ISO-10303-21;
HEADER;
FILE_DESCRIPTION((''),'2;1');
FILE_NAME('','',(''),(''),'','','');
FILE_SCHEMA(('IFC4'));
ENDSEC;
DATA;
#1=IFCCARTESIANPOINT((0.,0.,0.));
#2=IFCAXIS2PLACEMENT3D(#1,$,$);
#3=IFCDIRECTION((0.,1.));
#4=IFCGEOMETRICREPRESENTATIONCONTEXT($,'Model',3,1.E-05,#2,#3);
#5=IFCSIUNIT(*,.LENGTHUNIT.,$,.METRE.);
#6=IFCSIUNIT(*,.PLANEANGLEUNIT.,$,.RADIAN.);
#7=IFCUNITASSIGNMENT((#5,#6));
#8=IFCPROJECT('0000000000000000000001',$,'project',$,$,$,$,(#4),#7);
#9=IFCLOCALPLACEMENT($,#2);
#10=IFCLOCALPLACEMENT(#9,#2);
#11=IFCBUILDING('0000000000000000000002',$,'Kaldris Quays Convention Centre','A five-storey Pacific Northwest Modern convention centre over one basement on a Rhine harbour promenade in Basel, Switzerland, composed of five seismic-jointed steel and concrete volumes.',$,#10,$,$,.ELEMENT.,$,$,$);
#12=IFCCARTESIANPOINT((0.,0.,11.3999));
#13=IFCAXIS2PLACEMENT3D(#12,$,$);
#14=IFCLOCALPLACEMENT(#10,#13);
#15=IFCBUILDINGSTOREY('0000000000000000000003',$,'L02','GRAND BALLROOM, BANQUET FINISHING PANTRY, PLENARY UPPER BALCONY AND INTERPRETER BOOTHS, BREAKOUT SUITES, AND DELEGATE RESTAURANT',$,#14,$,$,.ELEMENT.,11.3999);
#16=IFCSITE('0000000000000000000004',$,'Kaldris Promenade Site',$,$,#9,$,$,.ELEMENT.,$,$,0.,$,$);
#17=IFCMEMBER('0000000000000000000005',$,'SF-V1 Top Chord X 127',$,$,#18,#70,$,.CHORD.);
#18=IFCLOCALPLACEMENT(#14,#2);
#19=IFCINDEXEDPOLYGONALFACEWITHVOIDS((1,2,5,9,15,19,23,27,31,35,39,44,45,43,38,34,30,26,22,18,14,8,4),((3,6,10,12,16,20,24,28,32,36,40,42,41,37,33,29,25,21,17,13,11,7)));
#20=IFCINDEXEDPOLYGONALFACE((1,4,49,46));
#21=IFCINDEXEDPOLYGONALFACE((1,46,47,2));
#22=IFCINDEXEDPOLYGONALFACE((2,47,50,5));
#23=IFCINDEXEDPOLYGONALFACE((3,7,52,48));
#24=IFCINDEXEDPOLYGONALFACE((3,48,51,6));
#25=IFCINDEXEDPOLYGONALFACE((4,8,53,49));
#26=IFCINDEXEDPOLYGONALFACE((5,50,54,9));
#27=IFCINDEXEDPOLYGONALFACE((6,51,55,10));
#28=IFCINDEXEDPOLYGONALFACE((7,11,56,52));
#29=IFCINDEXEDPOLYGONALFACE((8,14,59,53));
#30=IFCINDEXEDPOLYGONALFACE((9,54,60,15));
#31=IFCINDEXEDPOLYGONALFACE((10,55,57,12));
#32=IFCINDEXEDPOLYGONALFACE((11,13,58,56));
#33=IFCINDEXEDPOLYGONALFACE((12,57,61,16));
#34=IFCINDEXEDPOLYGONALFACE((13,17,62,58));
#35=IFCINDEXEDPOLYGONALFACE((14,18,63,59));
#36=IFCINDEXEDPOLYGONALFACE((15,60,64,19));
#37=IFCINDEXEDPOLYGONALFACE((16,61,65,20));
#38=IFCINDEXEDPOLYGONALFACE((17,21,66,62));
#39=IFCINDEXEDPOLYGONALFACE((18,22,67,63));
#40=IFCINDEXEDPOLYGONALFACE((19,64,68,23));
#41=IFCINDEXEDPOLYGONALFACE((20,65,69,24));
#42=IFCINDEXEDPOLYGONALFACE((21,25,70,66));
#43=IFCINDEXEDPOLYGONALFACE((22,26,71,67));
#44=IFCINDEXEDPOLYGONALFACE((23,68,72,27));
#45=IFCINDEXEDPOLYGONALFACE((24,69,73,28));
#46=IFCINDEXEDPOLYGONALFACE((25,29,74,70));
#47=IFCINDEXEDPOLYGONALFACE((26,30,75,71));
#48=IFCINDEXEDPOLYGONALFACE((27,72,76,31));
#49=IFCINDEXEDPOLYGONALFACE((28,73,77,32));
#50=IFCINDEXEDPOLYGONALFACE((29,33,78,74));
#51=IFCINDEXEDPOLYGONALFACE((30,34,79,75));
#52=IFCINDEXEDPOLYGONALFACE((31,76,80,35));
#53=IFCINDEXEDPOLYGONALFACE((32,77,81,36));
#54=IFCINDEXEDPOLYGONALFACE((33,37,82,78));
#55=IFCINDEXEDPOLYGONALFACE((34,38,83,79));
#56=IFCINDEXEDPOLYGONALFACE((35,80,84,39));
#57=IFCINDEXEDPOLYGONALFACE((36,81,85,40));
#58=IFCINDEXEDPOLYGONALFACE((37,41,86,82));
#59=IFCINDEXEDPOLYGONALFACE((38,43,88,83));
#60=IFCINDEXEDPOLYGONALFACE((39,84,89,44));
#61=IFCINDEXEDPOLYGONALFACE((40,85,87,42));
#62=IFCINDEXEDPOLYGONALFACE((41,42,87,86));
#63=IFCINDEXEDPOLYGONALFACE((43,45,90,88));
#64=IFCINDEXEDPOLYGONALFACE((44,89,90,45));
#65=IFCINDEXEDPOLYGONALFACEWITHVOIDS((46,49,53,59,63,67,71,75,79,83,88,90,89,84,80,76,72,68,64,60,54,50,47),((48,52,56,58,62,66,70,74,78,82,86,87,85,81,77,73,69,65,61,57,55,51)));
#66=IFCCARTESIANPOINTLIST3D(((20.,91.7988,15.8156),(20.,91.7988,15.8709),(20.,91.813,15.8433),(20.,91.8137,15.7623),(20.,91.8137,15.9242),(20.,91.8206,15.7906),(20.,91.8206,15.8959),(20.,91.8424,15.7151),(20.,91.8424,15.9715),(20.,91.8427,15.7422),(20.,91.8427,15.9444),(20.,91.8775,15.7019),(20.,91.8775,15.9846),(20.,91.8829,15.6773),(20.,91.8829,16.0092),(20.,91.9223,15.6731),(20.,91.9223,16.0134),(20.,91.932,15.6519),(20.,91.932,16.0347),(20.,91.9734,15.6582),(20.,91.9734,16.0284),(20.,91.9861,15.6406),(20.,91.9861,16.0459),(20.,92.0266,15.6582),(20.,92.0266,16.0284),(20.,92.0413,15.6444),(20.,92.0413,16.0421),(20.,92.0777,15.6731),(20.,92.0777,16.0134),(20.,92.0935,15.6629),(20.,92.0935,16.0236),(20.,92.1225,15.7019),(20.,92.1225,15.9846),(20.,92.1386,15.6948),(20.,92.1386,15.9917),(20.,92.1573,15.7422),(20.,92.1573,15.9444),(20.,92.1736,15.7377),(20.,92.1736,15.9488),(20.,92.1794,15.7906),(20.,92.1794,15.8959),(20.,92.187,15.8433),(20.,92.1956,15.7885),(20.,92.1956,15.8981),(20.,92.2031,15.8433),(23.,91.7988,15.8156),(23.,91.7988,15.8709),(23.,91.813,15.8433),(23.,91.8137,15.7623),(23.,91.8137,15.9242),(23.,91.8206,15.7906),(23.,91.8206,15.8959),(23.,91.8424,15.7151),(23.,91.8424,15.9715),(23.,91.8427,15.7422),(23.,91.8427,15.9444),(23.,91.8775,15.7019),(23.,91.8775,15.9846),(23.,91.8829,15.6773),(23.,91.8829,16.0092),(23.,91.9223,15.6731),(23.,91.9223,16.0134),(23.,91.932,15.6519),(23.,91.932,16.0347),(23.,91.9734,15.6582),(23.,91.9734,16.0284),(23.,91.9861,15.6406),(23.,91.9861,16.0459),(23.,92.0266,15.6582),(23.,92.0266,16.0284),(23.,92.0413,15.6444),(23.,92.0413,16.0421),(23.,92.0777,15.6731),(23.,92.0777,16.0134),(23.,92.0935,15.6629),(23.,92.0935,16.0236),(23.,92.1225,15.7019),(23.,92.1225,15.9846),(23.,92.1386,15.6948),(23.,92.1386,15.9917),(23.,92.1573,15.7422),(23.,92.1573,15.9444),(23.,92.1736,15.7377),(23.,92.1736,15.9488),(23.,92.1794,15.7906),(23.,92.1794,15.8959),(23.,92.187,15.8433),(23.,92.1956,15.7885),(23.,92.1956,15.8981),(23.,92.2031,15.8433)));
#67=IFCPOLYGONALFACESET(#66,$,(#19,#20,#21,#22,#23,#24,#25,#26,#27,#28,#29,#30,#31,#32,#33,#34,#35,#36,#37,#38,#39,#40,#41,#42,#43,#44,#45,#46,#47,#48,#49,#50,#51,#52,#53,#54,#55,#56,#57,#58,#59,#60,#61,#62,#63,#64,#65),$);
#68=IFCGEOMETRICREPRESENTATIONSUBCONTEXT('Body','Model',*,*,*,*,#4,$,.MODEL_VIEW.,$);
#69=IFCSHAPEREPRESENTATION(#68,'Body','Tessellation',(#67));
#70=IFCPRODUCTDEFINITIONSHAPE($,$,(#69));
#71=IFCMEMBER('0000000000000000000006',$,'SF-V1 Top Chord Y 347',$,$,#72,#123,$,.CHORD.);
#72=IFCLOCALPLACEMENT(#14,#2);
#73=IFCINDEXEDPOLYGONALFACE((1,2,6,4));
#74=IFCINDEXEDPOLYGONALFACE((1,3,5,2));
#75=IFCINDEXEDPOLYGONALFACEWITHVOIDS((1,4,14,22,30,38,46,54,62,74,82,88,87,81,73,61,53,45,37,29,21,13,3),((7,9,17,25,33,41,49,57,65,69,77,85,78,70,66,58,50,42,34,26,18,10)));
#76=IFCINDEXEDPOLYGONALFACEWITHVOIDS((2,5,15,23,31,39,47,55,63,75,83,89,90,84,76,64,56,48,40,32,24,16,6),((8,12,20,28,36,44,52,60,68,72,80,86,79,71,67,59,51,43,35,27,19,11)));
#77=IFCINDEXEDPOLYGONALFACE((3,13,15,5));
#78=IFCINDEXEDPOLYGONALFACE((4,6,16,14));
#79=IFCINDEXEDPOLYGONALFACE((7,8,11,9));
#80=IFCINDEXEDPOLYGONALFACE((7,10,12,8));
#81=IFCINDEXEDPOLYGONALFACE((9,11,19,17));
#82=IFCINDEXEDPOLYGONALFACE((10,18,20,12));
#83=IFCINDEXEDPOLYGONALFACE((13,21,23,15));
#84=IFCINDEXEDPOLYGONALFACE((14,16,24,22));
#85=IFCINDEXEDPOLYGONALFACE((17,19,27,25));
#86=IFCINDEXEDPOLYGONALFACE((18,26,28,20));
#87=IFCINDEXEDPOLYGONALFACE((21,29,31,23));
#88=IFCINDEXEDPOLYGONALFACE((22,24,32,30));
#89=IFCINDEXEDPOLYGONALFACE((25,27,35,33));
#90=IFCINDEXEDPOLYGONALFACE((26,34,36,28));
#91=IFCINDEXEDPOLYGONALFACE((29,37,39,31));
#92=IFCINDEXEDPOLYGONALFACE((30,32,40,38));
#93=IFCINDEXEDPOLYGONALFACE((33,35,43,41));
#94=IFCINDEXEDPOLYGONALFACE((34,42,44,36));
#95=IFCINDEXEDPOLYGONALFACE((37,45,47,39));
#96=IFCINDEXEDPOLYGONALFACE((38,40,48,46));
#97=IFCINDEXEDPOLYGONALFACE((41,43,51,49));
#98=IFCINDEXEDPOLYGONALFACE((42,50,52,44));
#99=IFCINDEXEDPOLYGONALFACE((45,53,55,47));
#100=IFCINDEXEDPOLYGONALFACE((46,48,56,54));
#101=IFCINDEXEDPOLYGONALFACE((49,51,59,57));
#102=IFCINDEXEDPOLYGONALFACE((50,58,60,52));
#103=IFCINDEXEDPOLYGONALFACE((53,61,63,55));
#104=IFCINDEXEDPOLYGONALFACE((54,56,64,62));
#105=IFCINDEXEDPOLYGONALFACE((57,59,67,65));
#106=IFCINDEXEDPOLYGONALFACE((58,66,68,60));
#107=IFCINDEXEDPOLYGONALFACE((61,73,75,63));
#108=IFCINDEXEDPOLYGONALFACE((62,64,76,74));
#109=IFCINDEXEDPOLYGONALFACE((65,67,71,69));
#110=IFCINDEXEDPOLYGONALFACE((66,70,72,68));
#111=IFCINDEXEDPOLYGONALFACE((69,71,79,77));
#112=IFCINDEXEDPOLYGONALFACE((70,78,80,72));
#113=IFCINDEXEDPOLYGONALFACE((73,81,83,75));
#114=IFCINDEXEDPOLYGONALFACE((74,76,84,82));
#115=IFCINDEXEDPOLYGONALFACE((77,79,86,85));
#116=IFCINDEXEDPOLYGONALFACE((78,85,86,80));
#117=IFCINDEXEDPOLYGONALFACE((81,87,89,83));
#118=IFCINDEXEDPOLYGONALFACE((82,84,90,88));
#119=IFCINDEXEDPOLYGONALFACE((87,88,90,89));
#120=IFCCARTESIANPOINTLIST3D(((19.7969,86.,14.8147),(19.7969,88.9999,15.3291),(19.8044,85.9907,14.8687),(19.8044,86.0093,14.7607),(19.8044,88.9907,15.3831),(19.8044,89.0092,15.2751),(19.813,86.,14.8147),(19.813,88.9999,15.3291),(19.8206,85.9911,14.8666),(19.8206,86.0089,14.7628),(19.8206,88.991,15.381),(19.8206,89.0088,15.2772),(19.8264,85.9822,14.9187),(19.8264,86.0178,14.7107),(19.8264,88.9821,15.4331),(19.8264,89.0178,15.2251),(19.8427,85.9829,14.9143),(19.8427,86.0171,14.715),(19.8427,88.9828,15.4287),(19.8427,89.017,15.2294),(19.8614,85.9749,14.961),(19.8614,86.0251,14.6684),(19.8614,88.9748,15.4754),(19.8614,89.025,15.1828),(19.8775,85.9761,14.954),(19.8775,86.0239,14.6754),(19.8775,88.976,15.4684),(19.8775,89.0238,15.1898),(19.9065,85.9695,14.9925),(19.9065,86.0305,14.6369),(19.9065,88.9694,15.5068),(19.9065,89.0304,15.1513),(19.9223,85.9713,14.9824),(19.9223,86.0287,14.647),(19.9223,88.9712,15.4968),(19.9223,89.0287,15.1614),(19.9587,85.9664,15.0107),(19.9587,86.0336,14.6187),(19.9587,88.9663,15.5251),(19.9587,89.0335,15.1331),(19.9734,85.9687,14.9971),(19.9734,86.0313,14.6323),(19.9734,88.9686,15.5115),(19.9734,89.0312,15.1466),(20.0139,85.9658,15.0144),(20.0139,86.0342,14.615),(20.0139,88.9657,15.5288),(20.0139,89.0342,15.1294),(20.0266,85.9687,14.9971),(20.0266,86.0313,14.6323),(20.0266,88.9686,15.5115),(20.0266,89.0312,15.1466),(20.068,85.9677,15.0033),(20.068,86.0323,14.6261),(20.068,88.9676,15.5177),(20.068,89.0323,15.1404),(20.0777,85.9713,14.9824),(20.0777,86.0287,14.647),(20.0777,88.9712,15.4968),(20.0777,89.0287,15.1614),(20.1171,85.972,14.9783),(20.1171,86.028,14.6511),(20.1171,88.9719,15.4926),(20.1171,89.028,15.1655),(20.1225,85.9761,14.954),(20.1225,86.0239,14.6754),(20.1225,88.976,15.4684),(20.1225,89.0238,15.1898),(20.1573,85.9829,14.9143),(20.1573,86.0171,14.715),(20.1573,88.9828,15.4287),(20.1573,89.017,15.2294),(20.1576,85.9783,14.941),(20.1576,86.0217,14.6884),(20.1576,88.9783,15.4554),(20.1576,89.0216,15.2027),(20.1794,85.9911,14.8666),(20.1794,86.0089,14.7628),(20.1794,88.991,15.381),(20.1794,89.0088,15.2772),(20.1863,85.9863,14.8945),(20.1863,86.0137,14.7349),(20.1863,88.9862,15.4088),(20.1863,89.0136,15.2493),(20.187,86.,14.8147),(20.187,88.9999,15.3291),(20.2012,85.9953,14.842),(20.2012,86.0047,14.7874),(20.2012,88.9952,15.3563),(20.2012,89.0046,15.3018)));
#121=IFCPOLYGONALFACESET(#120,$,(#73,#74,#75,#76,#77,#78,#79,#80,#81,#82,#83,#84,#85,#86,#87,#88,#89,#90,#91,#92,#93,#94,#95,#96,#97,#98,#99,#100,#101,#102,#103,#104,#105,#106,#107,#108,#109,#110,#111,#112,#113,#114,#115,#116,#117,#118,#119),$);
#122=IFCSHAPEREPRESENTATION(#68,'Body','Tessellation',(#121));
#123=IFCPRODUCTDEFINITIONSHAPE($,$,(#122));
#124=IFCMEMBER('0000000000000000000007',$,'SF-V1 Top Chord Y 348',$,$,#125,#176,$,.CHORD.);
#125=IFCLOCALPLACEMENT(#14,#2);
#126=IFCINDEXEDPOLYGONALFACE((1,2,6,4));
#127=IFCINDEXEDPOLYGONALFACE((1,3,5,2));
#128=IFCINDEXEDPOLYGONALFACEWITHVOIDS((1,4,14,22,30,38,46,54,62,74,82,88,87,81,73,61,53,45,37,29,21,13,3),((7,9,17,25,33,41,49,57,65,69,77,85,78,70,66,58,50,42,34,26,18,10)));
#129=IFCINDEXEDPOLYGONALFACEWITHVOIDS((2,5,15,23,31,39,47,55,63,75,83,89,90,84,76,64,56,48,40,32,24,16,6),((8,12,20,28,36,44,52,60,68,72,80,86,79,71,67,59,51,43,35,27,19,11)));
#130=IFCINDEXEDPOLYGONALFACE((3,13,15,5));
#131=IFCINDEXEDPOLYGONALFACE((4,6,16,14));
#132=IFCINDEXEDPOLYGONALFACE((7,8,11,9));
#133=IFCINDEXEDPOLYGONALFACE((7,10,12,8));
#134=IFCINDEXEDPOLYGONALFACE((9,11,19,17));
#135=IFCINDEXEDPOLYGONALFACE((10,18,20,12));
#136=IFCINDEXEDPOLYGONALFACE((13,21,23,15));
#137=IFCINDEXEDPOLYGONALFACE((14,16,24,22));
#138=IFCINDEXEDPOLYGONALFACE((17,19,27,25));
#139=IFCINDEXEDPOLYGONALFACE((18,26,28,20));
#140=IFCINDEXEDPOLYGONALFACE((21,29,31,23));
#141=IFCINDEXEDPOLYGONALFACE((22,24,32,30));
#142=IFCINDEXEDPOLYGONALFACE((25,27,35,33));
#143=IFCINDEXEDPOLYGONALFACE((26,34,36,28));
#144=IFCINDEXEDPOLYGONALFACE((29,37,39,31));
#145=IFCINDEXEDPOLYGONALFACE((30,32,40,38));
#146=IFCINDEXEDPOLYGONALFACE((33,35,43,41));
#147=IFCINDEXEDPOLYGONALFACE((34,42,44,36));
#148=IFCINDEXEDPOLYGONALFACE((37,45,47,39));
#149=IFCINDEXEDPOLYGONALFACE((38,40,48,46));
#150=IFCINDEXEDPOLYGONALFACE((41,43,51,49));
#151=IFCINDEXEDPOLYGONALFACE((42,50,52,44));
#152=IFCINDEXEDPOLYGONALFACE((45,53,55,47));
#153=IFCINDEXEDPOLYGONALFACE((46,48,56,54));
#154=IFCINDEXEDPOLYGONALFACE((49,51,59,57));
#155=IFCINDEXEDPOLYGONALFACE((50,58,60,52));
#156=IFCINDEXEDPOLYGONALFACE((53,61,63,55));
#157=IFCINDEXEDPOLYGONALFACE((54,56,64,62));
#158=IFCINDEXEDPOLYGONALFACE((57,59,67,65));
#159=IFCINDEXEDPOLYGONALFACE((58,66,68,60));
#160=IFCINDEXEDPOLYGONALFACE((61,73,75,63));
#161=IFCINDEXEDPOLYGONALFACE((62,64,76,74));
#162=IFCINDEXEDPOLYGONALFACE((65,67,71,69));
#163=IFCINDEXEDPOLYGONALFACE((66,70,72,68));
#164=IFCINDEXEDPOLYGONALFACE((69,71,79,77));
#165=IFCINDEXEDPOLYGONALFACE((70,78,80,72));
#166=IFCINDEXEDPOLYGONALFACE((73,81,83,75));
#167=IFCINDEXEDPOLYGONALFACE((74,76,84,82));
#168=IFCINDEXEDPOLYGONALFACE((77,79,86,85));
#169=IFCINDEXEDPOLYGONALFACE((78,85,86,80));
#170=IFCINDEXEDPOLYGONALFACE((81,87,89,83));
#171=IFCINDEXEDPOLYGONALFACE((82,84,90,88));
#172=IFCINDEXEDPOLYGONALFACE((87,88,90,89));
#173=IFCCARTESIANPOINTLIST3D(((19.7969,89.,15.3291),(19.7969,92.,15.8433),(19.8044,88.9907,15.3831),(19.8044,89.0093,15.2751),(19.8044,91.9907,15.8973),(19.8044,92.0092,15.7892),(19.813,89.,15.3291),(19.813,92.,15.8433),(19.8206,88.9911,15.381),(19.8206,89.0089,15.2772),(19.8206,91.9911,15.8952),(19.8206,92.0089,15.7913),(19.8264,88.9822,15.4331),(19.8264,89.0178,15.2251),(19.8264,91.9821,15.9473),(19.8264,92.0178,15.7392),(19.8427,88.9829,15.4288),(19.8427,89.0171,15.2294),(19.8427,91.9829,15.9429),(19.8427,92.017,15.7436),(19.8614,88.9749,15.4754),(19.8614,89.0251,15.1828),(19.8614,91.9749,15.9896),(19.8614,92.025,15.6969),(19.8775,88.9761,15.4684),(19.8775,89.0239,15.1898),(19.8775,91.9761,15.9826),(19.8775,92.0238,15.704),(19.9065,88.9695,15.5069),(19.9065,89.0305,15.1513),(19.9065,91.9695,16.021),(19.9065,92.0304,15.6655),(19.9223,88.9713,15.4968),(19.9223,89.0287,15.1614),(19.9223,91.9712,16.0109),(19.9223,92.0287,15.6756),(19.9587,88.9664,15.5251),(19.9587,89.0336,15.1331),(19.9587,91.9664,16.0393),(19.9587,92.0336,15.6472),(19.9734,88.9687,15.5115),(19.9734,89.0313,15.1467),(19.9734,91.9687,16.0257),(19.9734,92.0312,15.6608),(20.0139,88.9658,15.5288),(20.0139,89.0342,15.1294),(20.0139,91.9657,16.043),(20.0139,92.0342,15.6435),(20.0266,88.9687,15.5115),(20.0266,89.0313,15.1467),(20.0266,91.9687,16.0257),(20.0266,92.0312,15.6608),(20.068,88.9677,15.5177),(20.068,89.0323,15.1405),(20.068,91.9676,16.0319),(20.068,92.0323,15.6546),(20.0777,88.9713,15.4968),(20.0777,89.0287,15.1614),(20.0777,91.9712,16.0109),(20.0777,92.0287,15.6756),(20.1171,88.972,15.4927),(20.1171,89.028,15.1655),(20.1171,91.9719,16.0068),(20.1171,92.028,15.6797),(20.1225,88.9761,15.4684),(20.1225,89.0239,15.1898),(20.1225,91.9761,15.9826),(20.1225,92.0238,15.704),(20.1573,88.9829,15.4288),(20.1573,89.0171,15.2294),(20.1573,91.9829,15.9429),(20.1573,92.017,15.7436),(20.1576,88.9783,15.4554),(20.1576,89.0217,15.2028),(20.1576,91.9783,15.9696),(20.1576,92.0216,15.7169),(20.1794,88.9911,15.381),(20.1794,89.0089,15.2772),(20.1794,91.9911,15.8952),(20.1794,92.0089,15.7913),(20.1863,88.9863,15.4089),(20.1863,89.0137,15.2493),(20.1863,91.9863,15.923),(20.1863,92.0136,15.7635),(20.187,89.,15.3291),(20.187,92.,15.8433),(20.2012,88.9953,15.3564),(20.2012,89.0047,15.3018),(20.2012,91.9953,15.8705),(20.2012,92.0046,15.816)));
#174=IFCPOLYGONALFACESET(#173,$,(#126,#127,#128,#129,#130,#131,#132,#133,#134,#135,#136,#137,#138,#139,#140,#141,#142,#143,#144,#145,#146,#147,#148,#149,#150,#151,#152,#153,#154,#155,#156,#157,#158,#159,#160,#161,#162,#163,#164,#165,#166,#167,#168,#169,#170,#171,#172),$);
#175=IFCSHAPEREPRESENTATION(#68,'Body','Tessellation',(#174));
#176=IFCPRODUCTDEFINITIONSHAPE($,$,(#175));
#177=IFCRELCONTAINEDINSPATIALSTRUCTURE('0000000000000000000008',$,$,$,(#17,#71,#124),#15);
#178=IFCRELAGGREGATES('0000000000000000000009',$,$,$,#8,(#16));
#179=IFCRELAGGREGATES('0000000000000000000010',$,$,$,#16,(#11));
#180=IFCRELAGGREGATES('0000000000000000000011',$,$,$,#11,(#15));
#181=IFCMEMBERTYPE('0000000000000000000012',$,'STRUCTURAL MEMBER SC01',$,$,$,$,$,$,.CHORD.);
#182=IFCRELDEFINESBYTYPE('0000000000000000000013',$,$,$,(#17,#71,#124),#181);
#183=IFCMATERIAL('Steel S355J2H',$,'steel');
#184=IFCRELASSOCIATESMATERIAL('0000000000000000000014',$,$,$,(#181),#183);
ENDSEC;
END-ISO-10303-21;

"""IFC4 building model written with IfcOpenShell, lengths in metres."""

from ifc_helpers import new_model, si_unit, direction, frame, origin, origin_2d, place, context, subcontext, project, spatial, hollow_circle, extrude, material, material_profile, profile_set, type_object, element, save


model = new_model("IFC4")

# Units and contexts
model_context = context("Model", 3, precision=1e-05, world=origin(), true_north=direction((0.0, 1.0)))
body_context = subcontext(model_context, "Body", "Model", "MODEL_VIEW")
ifc_project = project(units=[si_unit("LENGTHUNIT", "METRE"), si_unit("PLANEANGLEUNIT", "RADIAN")], contexts=[model_context])

# Site, building, storey
site_placement = place(None, origin())
site = spatial("IfcSite", under=ifc_project, at=site_placement, Name="Kaldris Promenade Site", CompositionType="ELEMENT", RefElevation=0.0)
building_placement = place(site_placement, origin())
building = spatial("IfcBuilding", under=site, at=building_placement, Name="Kaldris Quays Convention Centre", Description="A five-storey Pacific Northwest Modern convention centre over one basement on a Rhine harbour promenade in Basel, Switzerland, composed of five seismic-jointed steel and concrete volumes.", CompositionType="ELEMENT")
storey_placement = place(building_placement, frame((0.0, 0.0, 11.3999)))
storey = spatial("IfcBuildingStorey", under=building, at=storey_placement, Name="L02", Description="GRAND BALLROOM, BANQUET FINISHING PANTRY, PLENARY UPPER BALCONY AND INTERPRETER BOOTHS, BREAKOUT SUITES, AND DELEGATE RESTAURANT", CompositionType="ELEMENT", Elevation=11.3999)

# Members
ifc_material_1 = material(Name="Steel S355J2H", Category="steel")
ifc_material_profile_1 = material_profile(ifc_material_1, hollow_circle(Radius=0.2031, WallThickness=0.0161, at=origin_2d()), Name="CHS 406.4x16")
ifc_profile_set_1 = profile_set([ifc_material_profile_1], Name="Steel S355J2H")
member_type_1 = type_object("IfcMemberType", Name="STRUCTURAL MEMBER SC01", PredefinedType="CHORD", material=ifc_profile_set_1)
member_1_placement = place(storey_placement, frame((20.0, 92.0, 15.8433), z_axis=(1.0, 0.0, 0.0), x_axis=(0.0, 1.0, 0.0)))
element("IfcMember", 1, at=member_1_placement, inside=storey, type_object=member_type_1, Name="SF-V1 Top Chord X 127", PredefinedType="CHORD", context=body_context, shape_type="SweptSolid", body=[
    extrude(hollow_circle(Radius=0.2031, WallThickness=0.0161, at=origin_2d()), origin(), (0.0, 0.0, 1.0), 3.0),
])
for number, where, z_axis, x_axis, name in (
    (2, (20.0, 86.0, 14.8147), (0.0, 0.985616, 0.169002), (-1.0, 0.0, 0.0), "SF-V1 Top Chord Y 347"),
    (3, (20.0, 89.0, 15.3291), (0.0, 0.985629, 0.168924), (-1.0, 0.0, 0.0), "SF-V1 Top Chord Y 348"),
):
    element("IfcMember", number, at=place(storey_placement, frame(where, z_axis=z_axis, x_axis=x_axis)), inside=storey, type_object=member_type_1, Name=name, PredefinedType="CHORD", context=body_context, shape_type="SweptSolid", body=[
        extrude(hollow_circle(Radius=0.2031, WallThickness=0.0161, at=origin_2d()), origin(), (0.0, 0.0, 1.0), 3.0437),
    ])

save(model, "model.ifc")
